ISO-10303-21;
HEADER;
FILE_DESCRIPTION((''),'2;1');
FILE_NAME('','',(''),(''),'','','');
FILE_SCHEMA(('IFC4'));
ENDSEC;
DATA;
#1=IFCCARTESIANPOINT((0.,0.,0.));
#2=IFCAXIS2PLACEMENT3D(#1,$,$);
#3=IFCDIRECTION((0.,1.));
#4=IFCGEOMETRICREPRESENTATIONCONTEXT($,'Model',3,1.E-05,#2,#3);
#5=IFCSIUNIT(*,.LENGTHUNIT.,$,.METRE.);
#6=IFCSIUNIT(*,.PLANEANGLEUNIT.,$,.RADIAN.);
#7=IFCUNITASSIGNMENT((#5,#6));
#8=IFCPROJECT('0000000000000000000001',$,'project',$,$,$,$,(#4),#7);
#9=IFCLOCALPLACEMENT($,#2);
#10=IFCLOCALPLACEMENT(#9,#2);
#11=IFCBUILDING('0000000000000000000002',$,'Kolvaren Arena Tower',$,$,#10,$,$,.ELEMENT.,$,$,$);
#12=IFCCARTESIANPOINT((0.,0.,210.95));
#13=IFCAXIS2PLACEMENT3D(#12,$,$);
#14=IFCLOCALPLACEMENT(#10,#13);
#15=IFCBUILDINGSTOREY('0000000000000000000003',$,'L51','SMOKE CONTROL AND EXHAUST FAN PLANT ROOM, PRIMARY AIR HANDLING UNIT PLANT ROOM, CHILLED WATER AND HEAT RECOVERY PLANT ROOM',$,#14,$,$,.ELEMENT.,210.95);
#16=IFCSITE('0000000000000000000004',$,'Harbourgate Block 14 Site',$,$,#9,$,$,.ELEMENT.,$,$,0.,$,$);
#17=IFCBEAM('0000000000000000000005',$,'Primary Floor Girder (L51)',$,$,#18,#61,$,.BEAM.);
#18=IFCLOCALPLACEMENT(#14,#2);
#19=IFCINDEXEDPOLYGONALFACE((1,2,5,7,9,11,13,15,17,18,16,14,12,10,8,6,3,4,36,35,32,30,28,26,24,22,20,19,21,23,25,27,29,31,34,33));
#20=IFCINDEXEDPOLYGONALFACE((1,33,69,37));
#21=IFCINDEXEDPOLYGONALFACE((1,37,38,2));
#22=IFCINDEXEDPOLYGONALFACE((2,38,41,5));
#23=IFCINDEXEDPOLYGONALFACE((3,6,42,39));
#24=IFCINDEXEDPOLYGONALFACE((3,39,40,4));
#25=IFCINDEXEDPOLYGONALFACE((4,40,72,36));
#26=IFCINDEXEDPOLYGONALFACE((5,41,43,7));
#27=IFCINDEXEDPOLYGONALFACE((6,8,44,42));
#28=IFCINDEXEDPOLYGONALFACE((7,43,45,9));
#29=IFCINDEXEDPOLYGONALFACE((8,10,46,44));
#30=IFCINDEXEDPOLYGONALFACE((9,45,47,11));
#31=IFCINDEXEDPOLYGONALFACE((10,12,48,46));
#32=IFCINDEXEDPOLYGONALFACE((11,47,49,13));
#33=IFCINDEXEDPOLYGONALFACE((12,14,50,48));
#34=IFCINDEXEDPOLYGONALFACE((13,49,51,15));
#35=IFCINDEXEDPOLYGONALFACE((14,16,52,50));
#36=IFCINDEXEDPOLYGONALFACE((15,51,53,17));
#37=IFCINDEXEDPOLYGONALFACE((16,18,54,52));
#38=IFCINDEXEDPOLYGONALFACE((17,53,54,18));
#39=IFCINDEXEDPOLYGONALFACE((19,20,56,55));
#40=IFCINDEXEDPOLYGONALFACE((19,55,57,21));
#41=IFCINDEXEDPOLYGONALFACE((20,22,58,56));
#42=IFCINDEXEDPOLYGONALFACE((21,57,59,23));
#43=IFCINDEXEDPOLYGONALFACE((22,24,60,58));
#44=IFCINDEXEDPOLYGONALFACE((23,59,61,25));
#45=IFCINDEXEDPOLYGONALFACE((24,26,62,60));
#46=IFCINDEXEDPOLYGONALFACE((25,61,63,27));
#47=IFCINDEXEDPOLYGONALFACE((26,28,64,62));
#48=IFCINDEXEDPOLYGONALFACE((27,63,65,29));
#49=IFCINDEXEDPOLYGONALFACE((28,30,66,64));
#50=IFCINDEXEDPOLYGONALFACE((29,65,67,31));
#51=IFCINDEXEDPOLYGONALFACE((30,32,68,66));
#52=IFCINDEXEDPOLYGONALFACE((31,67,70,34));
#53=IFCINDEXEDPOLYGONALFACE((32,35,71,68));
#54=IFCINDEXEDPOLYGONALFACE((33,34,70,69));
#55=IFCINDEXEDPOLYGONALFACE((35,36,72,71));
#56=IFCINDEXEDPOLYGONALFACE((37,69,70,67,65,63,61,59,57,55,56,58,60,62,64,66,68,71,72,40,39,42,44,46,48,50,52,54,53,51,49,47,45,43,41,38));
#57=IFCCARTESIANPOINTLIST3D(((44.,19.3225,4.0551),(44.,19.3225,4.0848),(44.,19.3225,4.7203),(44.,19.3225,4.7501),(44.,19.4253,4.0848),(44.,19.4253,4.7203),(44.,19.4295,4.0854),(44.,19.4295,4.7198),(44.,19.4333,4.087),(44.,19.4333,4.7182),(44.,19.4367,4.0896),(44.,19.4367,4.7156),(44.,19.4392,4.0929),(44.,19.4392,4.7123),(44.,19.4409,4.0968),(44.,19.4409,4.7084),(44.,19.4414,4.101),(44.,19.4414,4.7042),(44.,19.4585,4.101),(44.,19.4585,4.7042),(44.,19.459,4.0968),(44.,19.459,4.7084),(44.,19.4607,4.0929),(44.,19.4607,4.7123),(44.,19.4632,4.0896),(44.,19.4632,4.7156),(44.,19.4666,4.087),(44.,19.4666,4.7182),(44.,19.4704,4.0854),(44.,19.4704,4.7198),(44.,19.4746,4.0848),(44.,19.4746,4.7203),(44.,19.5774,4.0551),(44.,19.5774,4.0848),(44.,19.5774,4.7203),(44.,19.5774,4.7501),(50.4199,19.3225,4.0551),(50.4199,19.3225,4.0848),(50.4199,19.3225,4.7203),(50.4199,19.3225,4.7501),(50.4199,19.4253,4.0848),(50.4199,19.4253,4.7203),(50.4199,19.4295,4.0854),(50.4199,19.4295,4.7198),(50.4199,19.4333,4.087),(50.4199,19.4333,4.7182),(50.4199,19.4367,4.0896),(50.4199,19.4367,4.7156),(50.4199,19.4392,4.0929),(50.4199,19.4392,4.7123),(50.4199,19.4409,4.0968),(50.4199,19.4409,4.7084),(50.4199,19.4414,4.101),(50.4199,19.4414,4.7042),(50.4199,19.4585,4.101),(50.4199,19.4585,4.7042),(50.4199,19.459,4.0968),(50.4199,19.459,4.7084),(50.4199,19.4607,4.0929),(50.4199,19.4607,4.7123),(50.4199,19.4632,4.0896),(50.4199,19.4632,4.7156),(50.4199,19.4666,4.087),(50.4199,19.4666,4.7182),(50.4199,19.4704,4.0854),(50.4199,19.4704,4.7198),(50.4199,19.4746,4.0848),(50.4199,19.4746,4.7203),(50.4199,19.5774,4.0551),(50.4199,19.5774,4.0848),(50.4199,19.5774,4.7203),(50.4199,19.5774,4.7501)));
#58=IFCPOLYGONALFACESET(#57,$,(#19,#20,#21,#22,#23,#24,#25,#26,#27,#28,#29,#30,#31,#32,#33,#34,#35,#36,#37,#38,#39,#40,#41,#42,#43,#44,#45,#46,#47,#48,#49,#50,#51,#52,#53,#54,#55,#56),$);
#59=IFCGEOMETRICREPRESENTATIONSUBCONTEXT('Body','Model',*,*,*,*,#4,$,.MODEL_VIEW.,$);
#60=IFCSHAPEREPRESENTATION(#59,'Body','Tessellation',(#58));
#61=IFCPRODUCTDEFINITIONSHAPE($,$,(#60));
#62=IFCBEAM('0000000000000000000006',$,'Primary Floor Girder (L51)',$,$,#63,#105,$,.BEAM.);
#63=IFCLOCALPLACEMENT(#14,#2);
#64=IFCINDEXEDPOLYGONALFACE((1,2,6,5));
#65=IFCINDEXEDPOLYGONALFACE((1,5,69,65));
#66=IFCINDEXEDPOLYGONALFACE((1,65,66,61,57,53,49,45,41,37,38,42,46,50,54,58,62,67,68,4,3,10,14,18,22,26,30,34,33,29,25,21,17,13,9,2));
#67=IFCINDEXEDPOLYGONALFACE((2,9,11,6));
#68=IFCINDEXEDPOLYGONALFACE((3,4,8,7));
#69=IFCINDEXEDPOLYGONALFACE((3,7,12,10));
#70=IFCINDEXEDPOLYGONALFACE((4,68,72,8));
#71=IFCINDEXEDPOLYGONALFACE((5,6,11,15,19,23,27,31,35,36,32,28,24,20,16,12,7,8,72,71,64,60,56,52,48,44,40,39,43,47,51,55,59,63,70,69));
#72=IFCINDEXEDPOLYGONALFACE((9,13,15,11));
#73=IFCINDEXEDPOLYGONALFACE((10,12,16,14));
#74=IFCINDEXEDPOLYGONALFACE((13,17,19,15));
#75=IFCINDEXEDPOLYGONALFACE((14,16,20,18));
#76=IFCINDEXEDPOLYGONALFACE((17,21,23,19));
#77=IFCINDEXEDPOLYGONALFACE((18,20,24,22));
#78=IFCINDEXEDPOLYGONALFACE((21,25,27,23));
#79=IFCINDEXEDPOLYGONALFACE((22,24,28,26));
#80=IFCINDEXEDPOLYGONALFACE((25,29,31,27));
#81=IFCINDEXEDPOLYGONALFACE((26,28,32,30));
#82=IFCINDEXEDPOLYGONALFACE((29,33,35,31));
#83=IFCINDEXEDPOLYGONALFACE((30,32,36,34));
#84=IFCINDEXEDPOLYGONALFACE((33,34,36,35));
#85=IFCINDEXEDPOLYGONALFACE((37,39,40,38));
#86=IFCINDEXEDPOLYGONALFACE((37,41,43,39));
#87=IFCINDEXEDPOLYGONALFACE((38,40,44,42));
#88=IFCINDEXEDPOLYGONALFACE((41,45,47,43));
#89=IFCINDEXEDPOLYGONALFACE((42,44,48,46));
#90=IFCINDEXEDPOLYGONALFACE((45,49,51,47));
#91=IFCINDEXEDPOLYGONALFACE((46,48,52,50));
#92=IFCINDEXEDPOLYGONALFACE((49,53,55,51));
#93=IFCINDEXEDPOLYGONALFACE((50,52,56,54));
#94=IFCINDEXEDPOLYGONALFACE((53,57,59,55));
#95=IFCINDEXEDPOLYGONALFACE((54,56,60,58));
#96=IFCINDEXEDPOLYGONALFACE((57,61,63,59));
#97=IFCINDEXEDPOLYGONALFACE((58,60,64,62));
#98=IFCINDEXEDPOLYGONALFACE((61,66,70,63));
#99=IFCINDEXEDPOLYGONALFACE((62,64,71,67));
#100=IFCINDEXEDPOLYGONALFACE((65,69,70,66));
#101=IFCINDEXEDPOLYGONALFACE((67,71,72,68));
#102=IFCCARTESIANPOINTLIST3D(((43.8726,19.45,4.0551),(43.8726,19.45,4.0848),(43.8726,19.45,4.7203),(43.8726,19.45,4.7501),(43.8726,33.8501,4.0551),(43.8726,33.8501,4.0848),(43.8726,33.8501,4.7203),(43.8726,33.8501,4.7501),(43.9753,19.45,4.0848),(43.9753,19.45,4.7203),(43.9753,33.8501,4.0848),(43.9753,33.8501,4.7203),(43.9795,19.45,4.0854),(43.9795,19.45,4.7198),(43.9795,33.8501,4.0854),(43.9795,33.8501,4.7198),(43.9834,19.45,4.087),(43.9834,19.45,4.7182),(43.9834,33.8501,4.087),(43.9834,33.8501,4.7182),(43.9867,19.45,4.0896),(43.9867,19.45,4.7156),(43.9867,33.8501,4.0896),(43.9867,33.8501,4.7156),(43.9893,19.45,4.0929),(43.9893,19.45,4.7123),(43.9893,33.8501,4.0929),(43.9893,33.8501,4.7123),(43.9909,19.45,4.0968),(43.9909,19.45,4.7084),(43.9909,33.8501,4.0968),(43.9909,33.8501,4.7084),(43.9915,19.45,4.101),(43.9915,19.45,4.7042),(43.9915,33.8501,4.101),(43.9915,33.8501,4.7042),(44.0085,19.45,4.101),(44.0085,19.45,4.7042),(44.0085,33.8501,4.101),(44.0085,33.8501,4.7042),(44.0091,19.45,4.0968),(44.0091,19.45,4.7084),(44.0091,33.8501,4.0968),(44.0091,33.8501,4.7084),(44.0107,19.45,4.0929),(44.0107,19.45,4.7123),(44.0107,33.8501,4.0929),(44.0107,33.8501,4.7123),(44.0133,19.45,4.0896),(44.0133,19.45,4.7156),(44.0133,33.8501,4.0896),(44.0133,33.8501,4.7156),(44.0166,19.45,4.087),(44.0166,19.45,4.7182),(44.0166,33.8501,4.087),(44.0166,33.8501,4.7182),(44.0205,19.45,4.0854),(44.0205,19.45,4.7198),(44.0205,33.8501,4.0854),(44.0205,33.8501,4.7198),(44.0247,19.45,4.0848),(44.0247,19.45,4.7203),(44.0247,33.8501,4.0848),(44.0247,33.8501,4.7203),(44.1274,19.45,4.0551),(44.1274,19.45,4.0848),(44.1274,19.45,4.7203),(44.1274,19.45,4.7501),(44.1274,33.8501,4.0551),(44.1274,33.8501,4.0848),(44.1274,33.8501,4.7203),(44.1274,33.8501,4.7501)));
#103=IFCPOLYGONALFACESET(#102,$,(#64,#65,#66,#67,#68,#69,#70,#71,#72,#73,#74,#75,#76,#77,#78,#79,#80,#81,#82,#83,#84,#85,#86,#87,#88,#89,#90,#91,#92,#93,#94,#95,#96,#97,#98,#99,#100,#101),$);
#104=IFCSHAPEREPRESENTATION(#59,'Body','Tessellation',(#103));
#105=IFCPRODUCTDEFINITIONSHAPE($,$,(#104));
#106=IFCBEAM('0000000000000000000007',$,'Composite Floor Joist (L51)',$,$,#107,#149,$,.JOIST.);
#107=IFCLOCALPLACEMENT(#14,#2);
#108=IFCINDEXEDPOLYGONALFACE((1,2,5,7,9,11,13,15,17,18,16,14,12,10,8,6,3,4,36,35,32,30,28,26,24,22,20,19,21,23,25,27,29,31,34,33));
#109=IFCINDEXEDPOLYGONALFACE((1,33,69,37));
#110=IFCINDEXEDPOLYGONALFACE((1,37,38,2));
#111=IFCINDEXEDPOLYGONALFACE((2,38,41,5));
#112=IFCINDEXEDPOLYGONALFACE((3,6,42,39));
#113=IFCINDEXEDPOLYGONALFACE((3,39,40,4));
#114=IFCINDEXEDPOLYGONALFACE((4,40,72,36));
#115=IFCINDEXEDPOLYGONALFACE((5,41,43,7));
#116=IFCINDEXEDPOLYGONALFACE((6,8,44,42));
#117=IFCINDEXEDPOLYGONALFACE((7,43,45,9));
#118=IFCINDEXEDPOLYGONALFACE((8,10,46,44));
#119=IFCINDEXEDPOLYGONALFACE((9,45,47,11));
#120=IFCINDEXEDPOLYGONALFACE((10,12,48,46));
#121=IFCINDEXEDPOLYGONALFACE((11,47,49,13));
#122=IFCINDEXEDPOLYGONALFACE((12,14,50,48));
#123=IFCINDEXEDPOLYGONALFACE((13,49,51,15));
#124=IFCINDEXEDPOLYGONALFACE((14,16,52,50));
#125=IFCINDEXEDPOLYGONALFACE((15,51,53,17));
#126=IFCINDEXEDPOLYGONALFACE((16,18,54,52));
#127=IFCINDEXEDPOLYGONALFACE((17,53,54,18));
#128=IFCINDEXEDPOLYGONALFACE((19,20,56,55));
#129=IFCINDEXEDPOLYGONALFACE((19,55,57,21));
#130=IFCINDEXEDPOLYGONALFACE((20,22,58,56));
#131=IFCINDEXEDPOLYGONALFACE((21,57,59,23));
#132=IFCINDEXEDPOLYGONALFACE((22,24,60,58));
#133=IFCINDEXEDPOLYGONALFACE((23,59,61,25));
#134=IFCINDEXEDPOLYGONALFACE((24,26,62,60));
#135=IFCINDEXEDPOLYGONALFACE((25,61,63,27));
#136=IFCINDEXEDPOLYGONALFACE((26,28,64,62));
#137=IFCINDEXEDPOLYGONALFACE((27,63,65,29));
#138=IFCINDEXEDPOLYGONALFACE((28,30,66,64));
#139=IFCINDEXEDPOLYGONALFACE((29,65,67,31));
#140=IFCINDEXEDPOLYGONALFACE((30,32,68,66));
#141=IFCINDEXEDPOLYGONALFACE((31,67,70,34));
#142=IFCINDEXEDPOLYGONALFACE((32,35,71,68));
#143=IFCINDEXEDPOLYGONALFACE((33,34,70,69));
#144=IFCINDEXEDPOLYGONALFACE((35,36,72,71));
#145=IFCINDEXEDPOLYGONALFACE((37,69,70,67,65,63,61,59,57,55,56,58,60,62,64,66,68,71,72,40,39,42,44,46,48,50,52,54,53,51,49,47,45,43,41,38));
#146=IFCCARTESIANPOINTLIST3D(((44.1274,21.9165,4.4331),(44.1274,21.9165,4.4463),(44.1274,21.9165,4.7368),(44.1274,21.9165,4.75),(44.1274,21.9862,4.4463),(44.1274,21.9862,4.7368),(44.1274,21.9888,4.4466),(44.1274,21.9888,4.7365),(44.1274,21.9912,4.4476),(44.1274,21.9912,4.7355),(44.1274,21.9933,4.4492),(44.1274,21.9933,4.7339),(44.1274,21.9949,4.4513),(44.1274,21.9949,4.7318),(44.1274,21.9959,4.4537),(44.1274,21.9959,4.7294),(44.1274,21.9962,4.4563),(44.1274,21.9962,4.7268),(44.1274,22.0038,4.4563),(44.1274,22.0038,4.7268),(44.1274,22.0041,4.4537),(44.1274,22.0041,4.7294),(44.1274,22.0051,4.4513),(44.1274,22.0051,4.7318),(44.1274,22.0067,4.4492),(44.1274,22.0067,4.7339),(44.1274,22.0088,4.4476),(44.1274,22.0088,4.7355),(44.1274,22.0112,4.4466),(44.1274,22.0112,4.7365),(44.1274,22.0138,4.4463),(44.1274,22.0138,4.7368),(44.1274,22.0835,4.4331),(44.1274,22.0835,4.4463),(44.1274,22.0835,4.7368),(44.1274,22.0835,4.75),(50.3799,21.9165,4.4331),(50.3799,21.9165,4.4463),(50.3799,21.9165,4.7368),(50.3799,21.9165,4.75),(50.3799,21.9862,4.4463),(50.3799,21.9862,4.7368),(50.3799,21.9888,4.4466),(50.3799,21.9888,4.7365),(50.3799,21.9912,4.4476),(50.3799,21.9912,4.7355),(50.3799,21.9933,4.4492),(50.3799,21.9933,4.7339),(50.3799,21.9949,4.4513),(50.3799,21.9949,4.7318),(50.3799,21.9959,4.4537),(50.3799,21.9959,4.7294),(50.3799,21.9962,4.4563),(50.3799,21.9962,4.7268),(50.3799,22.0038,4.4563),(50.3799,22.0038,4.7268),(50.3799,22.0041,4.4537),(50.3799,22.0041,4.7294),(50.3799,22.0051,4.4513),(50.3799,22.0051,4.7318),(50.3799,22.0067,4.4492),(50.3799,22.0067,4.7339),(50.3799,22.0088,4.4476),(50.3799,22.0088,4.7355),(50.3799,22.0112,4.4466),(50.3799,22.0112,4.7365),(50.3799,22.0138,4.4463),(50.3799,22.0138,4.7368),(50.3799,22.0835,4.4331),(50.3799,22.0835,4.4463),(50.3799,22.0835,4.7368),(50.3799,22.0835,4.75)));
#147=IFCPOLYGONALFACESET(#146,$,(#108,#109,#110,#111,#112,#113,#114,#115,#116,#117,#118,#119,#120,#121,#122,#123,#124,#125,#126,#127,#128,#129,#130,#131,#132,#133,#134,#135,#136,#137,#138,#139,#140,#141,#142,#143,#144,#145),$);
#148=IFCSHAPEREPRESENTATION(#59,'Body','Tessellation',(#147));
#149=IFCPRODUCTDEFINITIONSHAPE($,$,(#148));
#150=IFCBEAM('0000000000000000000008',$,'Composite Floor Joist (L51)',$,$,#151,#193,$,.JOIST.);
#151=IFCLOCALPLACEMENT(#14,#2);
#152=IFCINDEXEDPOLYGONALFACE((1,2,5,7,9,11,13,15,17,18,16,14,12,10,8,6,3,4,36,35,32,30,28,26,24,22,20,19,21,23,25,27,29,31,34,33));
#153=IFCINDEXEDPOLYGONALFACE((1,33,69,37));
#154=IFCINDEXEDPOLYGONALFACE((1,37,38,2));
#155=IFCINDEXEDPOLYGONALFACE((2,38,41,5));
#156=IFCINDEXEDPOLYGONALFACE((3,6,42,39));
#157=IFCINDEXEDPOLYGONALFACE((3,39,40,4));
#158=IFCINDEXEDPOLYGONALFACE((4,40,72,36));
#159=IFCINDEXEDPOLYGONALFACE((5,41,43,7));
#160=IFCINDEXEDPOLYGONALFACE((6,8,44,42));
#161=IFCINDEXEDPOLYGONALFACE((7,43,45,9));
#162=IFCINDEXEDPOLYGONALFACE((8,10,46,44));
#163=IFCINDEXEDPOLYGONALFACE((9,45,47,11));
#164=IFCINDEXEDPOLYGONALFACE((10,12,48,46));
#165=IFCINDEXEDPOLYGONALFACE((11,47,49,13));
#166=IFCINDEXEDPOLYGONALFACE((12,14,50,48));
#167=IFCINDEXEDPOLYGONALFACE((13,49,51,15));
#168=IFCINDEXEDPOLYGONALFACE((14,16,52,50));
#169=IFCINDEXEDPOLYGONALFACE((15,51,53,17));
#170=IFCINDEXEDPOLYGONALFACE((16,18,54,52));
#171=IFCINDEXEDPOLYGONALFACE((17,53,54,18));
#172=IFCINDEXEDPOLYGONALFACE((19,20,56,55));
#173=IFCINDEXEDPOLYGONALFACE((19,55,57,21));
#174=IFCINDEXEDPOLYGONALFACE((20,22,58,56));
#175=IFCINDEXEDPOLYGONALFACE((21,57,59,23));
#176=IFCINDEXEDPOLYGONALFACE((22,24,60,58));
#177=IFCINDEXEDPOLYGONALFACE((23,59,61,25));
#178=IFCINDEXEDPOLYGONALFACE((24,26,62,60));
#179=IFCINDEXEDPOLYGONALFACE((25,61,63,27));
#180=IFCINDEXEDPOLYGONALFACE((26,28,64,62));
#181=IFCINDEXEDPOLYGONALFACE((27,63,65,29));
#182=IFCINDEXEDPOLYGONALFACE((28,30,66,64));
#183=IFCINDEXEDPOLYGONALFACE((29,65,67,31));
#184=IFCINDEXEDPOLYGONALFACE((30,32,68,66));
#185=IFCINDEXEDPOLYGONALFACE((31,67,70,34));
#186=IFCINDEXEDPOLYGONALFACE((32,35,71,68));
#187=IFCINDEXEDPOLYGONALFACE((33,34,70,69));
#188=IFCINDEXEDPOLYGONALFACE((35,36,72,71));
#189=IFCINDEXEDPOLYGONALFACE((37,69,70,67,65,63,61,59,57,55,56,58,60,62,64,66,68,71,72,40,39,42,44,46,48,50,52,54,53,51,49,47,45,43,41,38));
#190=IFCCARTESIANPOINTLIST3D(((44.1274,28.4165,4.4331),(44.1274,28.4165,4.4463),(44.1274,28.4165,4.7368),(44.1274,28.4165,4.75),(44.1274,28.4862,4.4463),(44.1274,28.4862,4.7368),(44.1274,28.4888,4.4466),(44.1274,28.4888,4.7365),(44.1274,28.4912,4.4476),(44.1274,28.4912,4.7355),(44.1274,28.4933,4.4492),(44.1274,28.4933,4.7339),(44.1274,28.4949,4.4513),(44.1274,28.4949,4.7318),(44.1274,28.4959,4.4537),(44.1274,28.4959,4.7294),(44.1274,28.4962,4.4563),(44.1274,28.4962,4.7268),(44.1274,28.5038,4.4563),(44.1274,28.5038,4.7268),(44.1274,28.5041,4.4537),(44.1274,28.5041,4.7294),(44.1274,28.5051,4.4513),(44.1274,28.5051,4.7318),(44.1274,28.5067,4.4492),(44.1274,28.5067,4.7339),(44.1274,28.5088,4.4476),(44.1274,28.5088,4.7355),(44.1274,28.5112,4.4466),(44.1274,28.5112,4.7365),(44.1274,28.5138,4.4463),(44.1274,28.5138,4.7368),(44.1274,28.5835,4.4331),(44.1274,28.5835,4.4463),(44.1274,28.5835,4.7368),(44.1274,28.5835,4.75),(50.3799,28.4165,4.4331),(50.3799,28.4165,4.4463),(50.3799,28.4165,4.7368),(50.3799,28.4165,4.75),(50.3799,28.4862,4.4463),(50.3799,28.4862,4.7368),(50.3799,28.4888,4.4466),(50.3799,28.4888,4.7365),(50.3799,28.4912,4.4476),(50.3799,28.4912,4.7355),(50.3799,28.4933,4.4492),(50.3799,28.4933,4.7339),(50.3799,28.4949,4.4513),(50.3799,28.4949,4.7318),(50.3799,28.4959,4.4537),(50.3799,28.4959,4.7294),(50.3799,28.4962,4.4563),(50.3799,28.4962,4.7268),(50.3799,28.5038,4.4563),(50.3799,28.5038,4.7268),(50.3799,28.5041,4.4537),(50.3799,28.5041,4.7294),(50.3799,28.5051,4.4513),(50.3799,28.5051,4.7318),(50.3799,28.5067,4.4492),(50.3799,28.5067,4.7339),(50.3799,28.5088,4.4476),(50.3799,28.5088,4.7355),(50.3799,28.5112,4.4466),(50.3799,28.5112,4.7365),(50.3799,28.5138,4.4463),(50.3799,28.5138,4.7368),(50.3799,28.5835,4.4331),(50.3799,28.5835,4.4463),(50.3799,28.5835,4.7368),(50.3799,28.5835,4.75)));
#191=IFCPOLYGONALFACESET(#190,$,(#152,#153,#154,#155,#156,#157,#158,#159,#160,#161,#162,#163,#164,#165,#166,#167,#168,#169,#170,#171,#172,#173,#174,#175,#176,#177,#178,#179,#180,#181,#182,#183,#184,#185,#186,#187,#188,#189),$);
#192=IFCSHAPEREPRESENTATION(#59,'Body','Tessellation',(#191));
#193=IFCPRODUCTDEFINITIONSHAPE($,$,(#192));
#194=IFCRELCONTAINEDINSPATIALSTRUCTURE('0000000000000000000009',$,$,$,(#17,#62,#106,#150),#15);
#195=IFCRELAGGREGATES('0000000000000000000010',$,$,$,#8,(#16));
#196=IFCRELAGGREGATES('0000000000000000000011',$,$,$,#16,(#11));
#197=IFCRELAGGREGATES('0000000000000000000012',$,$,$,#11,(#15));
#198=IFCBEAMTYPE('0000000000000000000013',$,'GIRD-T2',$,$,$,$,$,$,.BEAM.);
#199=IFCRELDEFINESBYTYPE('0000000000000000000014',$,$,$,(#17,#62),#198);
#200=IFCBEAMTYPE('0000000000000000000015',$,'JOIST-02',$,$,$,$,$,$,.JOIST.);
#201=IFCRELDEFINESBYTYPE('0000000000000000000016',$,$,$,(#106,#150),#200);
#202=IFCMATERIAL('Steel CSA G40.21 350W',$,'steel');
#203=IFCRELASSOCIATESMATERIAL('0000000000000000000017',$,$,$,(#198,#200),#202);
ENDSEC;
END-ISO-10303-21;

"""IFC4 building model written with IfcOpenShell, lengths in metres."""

from ifc_helpers import new_model, si_unit, direction, frame, origin, origin_2d, place, context, subcontext, project, spatial, i_section, extrude, material, material_profile, profile_set, type_object, element, save


model = new_model("IFC4")

# Units and contexts
model_context = context("Model", 3, precision=1e-05, world=origin(), true_north=direction((0.0, 1.0)))
body_context = subcontext(model_context, "Body", "Model", "MODEL_VIEW")
ifc_project = project(units=[si_unit("LENGTHUNIT", "METRE"), si_unit("PLANEANGLEUNIT", "RADIAN")], contexts=[model_context])

# Site, building, storey
site_placement = place(None, origin())
site = spatial("IfcSite", under=ifc_project, at=site_placement, Name="Harbourgate Block 14 Site", CompositionType="ELEMENT", RefElevation=0.0)
building_placement = place(site_placement, origin())
building = spatial("IfcBuilding", under=site, at=building_placement, Name="Kolvaren Arena Tower", CompositionType="ELEMENT")
storey_placement = place(building_placement, frame((0.0, 0.0, 210.95)))
storey = spatial("IfcBuildingStorey", under=building, at=storey_placement, Name="L51", Description="SMOKE CONTROL AND EXHAUST FAN PLANT ROOM, PRIMARY AIR HANDLING UNIT PLANT ROOM, CHILLED WATER AND HEAT RECOVERY PLANT ROOM", CompositionType="ELEMENT", Elevation=210.95)

# Beams
ifc_material_1 = material(Name="Steel CSA G40.21 350W", Category="steel")
ifc_material_profile_1 = material_profile(ifc_material_1, i_section(OverallWidth=0.2549, OverallDepth=0.6951, WebThickness=0.0171, FlangeThickness=0.0298, FilletRadius=0.0161, at=origin_2d()), Name="W690x217")
ifc_profile_set_1 = profile_set([ifc_material_profile_1], Name="Steel CSA G40.21 350W")
beam_type_1 = type_object("IfcBeamType", Name="GIRD-T2", PredefinedType="BEAM", material=ifc_profile_set_1)
beam_1_placement = place(storey_placement, frame((44.0, 19.45, 4.4026), z_axis=(1.0, 0.0, 0.0), x_axis=(0.0, 1.0, 0.0)))
element("IfcBeam", 1, at=beam_1_placement, inside=storey, type_object=beam_type_1, Name="Primary Floor Girder (L51)", PredefinedType="BEAM", context=body_context, shape_type="SweptSolid", body=[
    extrude(i_section(OverallWidth=0.2549, OverallDepth=0.6951, WebThickness=0.0171, FlangeThickness=0.0298, FilletRadius=0.0161, at=origin_2d()), origin(), (0.0, 0.0, 1.0), 6.4199),
])
beam_2_placement = place(storey_placement, frame((44.0, 19.45, 4.4026), z_axis=(0.0, 1.0, 0.0), x_axis=(-1.0, 0.0, 0.0)))
element("IfcBeam", 2, at=beam_2_placement, inside=storey, type_object=beam_type_1, Name="Primary Floor Girder (L51)", PredefinedType="BEAM", context=body_context, shape_type="SweptSolid", body=[
    extrude(i_section(OverallWidth=0.2549, OverallDepth=0.6951, WebThickness=0.0171, FlangeThickness=0.0298, FilletRadius=0.0161, at=origin_2d()), origin(), (0.0, 0.0, 1.0), 14.4001),
])
ifc_material_profile_2 = material_profile(ifc_material_1, i_section(OverallWidth=0.167, OverallDepth=0.3169, WebThickness=0.0076, FlangeThickness=0.0132, FilletRadius=0.01, at=origin_2d()), Name="W310x52")
ifc_profile_set_2 = profile_set([ifc_material_profile_2], Name="Steel CSA G40.21 350W")
beam_type_2 = type_object("IfcBeamType", Name="JOIST-02", PredefinedType="JOIST", material=ifc_profile_set_2)
for number, where, z_axis, x_axis, name in (
    (3, (44.1274, 22.0, 4.5916), (1.0, 0.0, 0.0), (0.0, 1.0, 0.0), "Composite Floor Joist (L51)"),
    (4, (44.1274, 28.5, 4.5916), (1.0, 0.0, 0.0), (0.0, 1.0, 0.0), "Composite Floor Joist (L51)"),
):
    element("IfcBeam", number, at=place(storey_placement, frame(where, z_axis=z_axis, x_axis=x_axis)), inside=storey, type_object=beam_type_2, Name=name, PredefinedType="JOIST", context=body_context, shape_type="SweptSolid", body=[
        extrude(i_section(OverallWidth=0.167, OverallDepth=0.3169, WebThickness=0.0076, FlangeThickness=0.0132, FilletRadius=0.01, at=origin_2d()), origin(), (0.0, 0.0, 1.0), 6.2524),
    ])

save(model, "model.ifc")
